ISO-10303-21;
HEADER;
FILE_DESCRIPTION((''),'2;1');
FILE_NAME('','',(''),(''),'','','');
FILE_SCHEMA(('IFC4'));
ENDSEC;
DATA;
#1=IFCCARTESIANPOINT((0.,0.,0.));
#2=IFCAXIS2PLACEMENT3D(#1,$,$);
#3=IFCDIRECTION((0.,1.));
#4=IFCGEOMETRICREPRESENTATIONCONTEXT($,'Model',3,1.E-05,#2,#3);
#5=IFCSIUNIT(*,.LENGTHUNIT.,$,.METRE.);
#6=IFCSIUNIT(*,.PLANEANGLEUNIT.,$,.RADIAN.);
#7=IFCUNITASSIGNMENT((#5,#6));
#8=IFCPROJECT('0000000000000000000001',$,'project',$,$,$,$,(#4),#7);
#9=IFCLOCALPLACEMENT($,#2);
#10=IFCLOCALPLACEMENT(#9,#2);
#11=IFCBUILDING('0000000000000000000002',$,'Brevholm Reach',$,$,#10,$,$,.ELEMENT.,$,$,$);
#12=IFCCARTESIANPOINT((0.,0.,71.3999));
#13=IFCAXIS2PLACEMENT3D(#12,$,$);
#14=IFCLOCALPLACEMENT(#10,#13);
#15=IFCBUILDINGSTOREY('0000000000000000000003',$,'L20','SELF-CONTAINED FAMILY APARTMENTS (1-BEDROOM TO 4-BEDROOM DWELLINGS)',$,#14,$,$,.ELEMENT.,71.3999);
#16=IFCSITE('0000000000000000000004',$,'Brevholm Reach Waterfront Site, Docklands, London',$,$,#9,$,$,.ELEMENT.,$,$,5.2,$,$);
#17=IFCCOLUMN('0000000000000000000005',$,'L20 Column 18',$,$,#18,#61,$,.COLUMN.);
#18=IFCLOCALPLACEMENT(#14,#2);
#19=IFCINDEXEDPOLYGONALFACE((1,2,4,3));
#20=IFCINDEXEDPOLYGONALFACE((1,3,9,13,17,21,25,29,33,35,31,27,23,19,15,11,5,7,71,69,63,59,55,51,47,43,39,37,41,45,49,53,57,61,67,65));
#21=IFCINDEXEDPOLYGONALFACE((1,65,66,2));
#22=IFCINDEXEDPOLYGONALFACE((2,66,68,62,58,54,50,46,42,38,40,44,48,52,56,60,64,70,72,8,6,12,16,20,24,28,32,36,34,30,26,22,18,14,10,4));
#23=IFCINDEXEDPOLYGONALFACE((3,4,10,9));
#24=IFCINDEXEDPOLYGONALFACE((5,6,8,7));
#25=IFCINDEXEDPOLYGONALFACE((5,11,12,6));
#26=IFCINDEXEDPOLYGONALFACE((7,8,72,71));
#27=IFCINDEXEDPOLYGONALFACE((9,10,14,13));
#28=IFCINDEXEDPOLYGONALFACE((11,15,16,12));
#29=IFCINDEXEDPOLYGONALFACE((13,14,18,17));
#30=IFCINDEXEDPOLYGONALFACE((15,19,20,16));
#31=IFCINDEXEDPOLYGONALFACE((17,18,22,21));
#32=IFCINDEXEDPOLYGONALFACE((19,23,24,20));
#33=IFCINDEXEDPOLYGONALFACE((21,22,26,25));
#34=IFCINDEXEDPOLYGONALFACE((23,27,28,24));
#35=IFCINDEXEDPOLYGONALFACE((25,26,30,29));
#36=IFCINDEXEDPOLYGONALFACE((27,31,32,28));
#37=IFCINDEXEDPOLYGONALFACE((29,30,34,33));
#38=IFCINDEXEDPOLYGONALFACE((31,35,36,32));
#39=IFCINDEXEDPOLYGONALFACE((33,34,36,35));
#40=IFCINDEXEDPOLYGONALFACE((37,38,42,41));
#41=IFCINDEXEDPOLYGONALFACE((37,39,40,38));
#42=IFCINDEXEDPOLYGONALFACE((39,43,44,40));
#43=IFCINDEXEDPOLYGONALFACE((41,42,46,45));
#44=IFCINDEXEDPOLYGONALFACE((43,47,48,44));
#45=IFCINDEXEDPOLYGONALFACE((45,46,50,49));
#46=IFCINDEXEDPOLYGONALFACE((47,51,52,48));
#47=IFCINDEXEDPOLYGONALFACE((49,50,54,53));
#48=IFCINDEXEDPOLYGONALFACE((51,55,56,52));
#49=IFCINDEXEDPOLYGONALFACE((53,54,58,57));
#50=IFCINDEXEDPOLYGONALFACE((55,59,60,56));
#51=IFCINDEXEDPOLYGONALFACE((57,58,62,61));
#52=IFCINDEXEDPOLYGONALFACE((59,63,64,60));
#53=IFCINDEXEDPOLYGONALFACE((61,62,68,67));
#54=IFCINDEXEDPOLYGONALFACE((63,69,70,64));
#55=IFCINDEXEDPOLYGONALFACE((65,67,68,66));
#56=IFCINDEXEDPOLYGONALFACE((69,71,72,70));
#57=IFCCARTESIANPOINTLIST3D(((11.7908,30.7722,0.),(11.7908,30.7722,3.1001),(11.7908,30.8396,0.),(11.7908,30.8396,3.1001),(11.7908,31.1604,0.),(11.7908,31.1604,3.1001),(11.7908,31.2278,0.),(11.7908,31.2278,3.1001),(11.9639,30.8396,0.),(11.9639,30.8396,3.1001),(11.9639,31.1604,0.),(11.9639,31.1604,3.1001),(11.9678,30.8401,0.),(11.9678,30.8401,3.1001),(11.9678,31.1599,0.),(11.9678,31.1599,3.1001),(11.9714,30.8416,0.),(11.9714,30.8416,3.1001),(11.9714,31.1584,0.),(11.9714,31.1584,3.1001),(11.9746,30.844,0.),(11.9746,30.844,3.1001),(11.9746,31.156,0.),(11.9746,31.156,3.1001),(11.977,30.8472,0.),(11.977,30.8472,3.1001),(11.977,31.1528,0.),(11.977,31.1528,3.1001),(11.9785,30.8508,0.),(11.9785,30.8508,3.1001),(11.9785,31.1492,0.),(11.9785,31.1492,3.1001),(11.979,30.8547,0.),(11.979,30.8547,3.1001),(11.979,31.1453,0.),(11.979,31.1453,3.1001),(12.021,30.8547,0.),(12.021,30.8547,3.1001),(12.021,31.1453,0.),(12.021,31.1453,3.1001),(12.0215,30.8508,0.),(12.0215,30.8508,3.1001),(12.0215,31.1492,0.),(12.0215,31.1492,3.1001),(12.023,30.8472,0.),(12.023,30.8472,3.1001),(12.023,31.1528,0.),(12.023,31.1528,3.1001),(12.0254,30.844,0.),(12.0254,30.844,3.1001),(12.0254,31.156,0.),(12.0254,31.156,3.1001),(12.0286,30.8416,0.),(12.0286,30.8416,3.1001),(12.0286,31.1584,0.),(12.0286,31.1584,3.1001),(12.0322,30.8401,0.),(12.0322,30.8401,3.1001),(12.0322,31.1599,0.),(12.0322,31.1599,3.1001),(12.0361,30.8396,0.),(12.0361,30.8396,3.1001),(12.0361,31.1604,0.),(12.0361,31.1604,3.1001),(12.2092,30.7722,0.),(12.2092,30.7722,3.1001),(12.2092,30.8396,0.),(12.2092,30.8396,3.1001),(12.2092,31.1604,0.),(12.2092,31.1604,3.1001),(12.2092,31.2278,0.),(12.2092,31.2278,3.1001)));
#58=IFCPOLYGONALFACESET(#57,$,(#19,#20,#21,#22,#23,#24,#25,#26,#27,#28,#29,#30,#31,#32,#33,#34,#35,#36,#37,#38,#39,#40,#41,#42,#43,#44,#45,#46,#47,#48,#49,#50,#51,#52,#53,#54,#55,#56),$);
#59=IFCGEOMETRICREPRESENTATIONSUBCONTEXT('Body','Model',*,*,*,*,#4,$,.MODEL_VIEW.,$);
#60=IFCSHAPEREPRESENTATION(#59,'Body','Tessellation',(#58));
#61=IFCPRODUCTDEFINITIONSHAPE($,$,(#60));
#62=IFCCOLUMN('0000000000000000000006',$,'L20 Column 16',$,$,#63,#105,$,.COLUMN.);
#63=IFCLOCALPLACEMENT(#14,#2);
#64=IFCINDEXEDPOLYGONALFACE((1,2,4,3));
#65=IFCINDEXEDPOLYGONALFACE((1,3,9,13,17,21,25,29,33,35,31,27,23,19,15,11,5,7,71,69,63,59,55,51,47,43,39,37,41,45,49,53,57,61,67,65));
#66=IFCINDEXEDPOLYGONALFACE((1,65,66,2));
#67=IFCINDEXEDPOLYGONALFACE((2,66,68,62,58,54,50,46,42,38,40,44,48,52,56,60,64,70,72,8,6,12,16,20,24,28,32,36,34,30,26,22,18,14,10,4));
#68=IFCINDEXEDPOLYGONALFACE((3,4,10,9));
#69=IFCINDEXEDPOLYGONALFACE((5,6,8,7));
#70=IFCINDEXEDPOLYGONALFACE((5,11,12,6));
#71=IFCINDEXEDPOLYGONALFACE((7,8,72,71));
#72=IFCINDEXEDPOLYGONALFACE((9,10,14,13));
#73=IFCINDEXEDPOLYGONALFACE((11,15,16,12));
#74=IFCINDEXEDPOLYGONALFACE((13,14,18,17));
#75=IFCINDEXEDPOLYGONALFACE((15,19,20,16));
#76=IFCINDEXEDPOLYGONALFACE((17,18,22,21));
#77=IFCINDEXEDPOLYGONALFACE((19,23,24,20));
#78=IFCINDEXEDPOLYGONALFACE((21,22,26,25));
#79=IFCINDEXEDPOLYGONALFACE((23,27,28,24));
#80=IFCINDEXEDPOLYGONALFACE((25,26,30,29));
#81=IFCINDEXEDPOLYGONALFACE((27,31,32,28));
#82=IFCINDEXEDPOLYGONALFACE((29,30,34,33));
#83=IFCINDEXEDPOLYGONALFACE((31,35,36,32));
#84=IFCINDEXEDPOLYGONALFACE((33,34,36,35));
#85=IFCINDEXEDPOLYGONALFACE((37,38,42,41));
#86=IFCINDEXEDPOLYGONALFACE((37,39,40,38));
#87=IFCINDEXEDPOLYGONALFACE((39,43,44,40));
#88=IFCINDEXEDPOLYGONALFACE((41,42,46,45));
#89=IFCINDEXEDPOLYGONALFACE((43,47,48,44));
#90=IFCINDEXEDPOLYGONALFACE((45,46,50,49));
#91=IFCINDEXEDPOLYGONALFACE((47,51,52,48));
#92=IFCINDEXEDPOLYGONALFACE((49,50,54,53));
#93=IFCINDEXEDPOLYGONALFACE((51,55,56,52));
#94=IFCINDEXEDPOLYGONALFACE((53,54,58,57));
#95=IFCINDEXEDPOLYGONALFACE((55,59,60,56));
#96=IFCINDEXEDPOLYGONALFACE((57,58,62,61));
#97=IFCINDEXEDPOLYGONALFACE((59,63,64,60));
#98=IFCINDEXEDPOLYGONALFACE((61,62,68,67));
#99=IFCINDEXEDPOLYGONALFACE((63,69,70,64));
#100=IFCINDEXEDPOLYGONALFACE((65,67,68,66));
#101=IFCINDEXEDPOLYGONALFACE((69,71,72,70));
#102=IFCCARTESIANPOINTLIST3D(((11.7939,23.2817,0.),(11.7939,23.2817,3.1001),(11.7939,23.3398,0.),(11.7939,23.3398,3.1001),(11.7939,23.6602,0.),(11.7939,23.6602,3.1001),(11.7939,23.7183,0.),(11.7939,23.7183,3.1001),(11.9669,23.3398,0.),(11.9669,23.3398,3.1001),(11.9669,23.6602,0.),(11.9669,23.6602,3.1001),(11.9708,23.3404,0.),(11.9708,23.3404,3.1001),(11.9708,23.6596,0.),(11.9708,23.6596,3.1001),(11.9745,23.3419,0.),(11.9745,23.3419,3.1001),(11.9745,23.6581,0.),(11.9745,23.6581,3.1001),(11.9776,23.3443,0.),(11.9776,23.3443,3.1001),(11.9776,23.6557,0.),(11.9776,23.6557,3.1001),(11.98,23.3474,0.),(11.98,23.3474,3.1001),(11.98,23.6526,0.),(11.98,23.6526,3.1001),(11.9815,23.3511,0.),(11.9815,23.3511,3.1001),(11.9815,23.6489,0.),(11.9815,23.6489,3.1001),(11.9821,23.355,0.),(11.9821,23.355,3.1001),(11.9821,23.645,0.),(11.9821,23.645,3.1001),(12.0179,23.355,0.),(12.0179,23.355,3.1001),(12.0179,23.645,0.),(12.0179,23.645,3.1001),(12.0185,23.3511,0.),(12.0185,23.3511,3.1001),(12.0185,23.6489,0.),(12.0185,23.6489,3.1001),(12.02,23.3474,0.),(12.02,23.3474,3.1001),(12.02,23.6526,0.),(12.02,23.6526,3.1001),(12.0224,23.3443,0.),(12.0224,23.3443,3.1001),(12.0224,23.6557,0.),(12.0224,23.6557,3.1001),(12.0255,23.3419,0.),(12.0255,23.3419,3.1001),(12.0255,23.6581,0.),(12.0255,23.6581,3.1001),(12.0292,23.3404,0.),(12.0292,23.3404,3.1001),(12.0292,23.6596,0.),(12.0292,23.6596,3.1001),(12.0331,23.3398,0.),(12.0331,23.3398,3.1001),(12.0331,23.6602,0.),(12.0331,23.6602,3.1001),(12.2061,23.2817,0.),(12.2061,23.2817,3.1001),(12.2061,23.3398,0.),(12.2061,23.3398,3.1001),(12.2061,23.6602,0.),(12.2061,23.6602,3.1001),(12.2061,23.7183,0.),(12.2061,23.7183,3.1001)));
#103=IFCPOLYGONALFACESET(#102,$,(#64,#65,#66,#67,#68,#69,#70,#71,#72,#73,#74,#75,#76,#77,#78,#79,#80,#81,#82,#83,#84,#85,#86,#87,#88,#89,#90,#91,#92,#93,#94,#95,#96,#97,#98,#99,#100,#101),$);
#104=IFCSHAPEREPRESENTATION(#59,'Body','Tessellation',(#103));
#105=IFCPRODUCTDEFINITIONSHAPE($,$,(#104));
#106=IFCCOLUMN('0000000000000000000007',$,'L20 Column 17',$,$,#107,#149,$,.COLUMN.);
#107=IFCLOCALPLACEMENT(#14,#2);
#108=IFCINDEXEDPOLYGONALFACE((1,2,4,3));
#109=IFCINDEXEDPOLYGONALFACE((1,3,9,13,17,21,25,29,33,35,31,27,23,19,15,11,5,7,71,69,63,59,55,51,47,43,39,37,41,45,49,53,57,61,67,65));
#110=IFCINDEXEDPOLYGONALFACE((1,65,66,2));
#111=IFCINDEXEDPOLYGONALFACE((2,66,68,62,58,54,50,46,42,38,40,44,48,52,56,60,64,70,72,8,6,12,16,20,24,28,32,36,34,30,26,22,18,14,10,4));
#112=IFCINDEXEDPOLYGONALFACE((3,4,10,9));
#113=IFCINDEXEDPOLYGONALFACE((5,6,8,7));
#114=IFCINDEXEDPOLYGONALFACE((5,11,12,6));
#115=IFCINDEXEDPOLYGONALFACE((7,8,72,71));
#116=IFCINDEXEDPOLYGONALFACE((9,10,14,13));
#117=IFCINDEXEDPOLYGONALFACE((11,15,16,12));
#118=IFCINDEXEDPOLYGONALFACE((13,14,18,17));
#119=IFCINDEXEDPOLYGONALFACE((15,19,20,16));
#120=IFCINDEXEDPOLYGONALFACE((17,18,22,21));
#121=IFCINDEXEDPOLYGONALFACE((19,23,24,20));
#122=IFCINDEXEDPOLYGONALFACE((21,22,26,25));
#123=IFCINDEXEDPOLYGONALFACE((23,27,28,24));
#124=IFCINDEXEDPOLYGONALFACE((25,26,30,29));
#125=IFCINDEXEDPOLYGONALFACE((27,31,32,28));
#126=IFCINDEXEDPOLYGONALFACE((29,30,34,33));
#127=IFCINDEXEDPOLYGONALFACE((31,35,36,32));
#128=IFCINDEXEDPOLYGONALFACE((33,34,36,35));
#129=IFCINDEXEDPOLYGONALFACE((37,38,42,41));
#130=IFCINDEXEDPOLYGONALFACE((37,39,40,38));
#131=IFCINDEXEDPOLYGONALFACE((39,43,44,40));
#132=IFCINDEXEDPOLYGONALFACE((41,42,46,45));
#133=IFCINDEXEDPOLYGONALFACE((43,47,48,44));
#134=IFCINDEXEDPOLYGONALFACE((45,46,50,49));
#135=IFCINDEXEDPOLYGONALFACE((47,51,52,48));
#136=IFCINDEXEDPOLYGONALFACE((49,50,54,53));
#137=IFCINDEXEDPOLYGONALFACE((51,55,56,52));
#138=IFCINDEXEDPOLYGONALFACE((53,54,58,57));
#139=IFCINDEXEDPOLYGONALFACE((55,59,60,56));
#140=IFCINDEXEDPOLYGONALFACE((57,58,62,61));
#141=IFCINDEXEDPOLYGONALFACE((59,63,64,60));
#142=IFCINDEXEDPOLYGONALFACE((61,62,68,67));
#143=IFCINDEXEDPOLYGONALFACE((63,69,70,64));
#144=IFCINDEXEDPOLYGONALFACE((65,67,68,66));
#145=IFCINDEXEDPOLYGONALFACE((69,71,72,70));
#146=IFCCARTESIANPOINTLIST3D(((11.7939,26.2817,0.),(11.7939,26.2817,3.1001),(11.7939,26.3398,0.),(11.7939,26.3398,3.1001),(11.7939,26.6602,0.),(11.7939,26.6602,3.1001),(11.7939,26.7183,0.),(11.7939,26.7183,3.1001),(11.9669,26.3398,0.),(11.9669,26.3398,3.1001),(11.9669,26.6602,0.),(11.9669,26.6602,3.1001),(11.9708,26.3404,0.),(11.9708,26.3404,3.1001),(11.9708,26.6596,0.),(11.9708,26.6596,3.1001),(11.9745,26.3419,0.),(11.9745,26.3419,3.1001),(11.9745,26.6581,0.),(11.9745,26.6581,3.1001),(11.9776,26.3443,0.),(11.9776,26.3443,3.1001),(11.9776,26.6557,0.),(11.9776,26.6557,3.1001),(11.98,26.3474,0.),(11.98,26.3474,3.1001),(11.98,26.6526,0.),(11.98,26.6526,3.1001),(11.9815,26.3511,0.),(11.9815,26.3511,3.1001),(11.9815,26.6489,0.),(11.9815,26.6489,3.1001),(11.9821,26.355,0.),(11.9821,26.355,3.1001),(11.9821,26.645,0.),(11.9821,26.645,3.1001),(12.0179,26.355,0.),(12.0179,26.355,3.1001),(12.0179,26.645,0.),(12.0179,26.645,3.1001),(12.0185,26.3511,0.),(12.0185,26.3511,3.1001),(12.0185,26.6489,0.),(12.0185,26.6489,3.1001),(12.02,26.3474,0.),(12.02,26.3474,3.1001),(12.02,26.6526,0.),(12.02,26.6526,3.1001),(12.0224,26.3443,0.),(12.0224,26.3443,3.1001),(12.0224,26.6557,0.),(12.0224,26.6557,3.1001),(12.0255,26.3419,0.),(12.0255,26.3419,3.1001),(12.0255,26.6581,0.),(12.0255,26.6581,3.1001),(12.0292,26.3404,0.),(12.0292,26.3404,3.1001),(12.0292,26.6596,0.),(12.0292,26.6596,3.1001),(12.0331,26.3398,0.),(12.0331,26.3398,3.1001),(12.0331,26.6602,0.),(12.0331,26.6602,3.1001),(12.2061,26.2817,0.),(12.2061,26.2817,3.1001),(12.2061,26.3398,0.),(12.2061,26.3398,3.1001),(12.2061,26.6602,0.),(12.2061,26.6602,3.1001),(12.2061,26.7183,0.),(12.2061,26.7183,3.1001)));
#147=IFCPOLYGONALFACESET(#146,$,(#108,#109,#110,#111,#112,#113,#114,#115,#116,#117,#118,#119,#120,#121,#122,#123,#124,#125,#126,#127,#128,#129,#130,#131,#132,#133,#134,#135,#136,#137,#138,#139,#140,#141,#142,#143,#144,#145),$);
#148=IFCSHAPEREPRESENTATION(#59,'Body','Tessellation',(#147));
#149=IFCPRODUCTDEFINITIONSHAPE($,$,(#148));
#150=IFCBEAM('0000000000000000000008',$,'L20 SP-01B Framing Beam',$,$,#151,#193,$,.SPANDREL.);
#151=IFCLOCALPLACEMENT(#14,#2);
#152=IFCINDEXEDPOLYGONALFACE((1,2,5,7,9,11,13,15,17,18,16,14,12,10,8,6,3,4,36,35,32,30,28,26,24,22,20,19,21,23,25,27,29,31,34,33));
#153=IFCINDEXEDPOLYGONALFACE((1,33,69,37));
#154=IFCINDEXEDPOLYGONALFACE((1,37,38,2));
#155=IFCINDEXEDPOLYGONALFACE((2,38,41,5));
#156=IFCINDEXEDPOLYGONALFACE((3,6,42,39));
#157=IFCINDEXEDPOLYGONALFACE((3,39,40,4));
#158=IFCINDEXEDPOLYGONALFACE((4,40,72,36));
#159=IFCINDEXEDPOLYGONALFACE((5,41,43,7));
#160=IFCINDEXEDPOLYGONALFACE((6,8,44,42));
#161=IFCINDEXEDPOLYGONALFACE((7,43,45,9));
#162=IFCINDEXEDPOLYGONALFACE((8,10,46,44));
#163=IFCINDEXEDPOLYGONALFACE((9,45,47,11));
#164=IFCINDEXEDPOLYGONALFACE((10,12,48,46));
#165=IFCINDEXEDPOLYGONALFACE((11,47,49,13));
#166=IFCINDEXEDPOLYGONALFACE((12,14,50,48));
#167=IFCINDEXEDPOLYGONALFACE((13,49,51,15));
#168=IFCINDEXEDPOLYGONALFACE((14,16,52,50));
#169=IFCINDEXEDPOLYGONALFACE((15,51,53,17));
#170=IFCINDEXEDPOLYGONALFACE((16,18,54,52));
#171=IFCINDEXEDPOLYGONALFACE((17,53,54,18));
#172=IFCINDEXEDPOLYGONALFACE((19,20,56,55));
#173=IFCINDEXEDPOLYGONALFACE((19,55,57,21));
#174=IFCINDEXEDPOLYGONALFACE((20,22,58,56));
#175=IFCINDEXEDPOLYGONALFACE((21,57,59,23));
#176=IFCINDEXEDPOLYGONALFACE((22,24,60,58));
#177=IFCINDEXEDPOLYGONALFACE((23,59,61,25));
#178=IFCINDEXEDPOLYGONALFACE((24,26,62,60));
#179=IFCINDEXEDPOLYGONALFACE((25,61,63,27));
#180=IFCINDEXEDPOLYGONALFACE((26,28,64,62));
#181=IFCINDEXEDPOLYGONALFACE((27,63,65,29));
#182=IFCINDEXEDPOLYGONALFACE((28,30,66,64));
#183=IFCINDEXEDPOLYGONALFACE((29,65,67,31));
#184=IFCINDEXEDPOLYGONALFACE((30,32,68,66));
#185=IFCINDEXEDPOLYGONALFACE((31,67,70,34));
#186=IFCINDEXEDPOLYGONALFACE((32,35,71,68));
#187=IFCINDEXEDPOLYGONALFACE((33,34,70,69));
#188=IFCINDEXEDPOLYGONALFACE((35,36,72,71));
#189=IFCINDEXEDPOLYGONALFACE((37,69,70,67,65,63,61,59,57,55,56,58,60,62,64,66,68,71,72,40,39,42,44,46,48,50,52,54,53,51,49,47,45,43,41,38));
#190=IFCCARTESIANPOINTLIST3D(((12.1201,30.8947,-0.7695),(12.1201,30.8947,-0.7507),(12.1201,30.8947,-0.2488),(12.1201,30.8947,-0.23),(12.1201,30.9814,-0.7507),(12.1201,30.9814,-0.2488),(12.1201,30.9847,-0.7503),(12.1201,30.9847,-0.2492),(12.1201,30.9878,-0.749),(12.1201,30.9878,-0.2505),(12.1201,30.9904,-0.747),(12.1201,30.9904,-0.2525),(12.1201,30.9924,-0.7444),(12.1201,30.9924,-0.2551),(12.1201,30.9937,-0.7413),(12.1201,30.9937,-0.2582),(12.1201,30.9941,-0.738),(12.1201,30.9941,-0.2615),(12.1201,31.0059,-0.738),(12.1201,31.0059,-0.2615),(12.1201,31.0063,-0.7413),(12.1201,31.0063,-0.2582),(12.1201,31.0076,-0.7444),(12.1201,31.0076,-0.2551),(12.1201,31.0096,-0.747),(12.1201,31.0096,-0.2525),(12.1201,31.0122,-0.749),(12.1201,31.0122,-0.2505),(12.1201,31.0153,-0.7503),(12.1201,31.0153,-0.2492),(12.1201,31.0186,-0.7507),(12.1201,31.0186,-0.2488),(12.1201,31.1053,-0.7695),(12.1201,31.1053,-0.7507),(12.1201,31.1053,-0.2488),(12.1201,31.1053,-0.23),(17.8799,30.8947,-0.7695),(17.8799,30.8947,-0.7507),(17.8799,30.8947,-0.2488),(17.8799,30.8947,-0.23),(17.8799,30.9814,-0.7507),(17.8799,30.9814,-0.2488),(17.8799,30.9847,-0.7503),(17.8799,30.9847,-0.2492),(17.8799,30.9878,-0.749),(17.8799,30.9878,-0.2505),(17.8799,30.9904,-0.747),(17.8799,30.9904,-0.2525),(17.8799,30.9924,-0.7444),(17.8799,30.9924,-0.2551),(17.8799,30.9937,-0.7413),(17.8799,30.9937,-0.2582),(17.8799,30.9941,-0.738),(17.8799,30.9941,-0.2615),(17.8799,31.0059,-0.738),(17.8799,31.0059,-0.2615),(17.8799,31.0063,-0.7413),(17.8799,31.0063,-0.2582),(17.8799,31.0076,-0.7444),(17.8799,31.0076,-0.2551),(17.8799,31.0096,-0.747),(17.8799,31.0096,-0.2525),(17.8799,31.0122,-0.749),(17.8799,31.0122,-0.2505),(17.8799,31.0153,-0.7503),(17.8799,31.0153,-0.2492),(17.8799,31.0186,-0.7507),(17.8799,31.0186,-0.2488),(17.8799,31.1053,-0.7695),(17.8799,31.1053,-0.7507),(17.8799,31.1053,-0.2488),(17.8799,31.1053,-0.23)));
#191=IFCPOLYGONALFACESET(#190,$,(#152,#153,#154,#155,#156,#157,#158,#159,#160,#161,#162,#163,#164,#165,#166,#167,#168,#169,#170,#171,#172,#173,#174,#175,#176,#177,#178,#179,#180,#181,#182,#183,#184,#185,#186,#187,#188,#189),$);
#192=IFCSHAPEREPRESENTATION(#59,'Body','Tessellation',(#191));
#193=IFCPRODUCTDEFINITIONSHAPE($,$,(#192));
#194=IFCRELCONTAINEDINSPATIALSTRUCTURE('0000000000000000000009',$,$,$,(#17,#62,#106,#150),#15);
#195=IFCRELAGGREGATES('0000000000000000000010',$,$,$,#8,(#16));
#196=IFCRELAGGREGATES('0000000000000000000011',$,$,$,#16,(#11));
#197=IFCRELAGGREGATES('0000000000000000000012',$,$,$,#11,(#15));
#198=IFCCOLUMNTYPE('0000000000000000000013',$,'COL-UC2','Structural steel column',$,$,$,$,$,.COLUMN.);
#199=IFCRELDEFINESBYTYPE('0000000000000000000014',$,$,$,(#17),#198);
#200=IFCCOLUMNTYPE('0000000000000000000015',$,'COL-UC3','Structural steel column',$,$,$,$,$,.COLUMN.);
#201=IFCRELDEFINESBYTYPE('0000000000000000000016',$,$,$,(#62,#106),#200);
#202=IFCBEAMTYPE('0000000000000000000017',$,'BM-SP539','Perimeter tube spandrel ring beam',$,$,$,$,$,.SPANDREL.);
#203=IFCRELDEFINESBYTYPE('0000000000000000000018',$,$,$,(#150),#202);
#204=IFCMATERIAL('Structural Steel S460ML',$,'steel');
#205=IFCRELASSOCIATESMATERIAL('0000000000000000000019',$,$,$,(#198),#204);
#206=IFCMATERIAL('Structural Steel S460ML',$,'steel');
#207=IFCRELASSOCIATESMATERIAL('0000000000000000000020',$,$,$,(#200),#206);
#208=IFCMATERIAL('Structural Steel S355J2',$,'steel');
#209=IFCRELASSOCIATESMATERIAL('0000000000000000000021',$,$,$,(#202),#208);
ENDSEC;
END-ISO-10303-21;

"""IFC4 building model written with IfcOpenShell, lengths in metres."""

from ifc_helpers import new_model, si_unit, direction, frame, origin, origin_2d, place, context, subcontext, project, spatial, i_section, extrude, material, material_profile, profile_set, type_object, element, save


model = new_model("IFC4")

# Units and contexts
model_context = context("Model", 3, precision=1e-05, world=origin(), true_north=direction((0.0, 1.0)))
body_context = subcontext(model_context, "Body", "Model", "MODEL_VIEW")
ifc_project = project(units=[si_unit("LENGTHUNIT", "METRE"), si_unit("PLANEANGLEUNIT", "RADIAN")], contexts=[model_context])

# Site, building, storey
site_placement = place(None, origin())
site = spatial("IfcSite", under=ifc_project, at=site_placement, Name="Brevholm Reach Waterfront Site, Docklands, London", CompositionType="ELEMENT", RefElevation=5.2)
building_placement = place(site_placement, origin())
building = spatial("IfcBuilding", under=site, at=building_placement, Name="Brevholm Reach", CompositionType="ELEMENT")
storey_placement = place(building_placement, frame((0.0, 0.0, 71.3999)))
storey = spatial("IfcBuildingStorey", under=building, at=storey_placement, Name="L20", Description="SELF-CONTAINED FAMILY APARTMENTS (1-BEDROOM TO 4-BEDROOM DWELLINGS)", CompositionType="ELEMENT", Elevation=71.3999)

# Columns
ifc_material_1 = material(Name="Structural Steel S460ML", Category="steel")
ifc_material_profile_1 = material_profile(ifc_material_1, i_section(OverallWidth=0.4185, OverallDepth=0.4556, WebThickness=0.042, FlangeThickness=0.0674, FilletRadius=0.0151, at=origin_2d()), Name="UKC 356x406x551")
ifc_profile_set_1 = profile_set([ifc_material_profile_1], Name="Structural Steel S460ML")
column_type_1 = type_object("IfcColumnType", Name="COL-UC2", Description="Structural steel column", PredefinedType="COLUMN", material=ifc_profile_set_1)
column_placement = place(storey_placement, frame((12.0, 31.0, 0.0), z_axis=(0.0, 0.0, 1.0), x_axis=(1.0, 0.0, 0.0)))
element("IfcColumn", 1, at=column_placement, inside=storey, type_object=column_type_1, Name="L20 Column 18", PredefinedType="COLUMN", context=body_context, shape_type="SweptSolid", body=[
    extrude(i_section(OverallWidth=0.4185, OverallDepth=0.4556, WebThickness=0.042, FlangeThickness=0.0674, FilletRadius=0.0151, at=origin_2d()), origin(), (0.0, 0.0, 1.0), 3.1001),
])
ifc_material_2 = material(Name="Structural Steel S460ML", Category="steel")
ifc_material_profile_2 = material_profile(ifc_material_2, i_section(OverallWidth=0.4121, OverallDepth=0.4365, WebThickness=0.0359, FlangeThickness=0.0581, FilletRadius=0.0151, at=origin_2d()), Name="UKC 356x406x467")
ifc_profile_set_2 = profile_set([ifc_material_profile_2], Name="Structural Steel S460ML")
column_type_2 = type_object("IfcColumnType", Name="COL-UC3", Description="Structural steel column", PredefinedType="COLUMN", material=ifc_profile_set_2)
for number, where, z_axis, x_axis, name in (
    (2, (12.0, 23.5, 0.0), (0.0, 0.0, 1.0), (1.0, 0.0, 0.0), "L20 Column 16"),
    (3, (12.0, 26.5, 0.0), (0.0, 0.0, 1.0), (1.0, 0.0, 0.0), "L20 Column 17"),
):
    element("IfcColumn", number, at=place(storey_placement, frame(where, z_axis=z_axis, x_axis=x_axis)), inside=storey, type_object=column_type_2, Name=name, PredefinedType="COLUMN", context=body_context, shape_type="SweptSolid", body=[
        extrude(i_section(OverallWidth=0.4121, OverallDepth=0.4365, WebThickness=0.0359, FlangeThickness=0.0581, FilletRadius=0.0151, at=origin_2d()), origin(), (0.0, 0.0, 1.0), 3.1001),
    ])

# Beam
ifc_material_3 = material(Name="Structural Steel S355J2", Category="steel")
ifc_material_profile_3 = material_profile(ifc_material_3, i_section(OverallWidth=0.2107, OverallDepth=0.5396, WebThickness=0.0117, FlangeThickness=0.0188, FilletRadius=0.0127, at=origin_2d()), Name="UKB 533x210x109")
ifc_profile_set_3 = profile_set([ifc_material_profile_3], Name="Structural Steel S355J2")
beam_type_1 = type_object("IfcBeamType", Name="BM-SP539", Description="Perimeter tube spandrel ring beam", PredefinedType="SPANDREL", material=ifc_profile_set_3)
beam_1_placement = place(storey_placement, frame((12.1201, 31.0, -0.4998), z_axis=(1.0, 0.0, 0.0), x_axis=(0.0, 1.0, 0.0)))
element("IfcBeam", 4, at=beam_1_placement, inside=storey, type_object=beam_type_1, Name="L20 SP-01B Framing Beam", PredefinedType="SPANDREL", context=body_context, shape_type="SweptSolid", body=[
    extrude(i_section(OverallWidth=0.2107, OverallDepth=0.5396, WebThickness=0.0117, FlangeThickness=0.0188, FilletRadius=0.0127, at=origin_2d()), origin(), (0.0, 0.0, 1.0), 5.7598),
])

save(model, "model.ifc")
